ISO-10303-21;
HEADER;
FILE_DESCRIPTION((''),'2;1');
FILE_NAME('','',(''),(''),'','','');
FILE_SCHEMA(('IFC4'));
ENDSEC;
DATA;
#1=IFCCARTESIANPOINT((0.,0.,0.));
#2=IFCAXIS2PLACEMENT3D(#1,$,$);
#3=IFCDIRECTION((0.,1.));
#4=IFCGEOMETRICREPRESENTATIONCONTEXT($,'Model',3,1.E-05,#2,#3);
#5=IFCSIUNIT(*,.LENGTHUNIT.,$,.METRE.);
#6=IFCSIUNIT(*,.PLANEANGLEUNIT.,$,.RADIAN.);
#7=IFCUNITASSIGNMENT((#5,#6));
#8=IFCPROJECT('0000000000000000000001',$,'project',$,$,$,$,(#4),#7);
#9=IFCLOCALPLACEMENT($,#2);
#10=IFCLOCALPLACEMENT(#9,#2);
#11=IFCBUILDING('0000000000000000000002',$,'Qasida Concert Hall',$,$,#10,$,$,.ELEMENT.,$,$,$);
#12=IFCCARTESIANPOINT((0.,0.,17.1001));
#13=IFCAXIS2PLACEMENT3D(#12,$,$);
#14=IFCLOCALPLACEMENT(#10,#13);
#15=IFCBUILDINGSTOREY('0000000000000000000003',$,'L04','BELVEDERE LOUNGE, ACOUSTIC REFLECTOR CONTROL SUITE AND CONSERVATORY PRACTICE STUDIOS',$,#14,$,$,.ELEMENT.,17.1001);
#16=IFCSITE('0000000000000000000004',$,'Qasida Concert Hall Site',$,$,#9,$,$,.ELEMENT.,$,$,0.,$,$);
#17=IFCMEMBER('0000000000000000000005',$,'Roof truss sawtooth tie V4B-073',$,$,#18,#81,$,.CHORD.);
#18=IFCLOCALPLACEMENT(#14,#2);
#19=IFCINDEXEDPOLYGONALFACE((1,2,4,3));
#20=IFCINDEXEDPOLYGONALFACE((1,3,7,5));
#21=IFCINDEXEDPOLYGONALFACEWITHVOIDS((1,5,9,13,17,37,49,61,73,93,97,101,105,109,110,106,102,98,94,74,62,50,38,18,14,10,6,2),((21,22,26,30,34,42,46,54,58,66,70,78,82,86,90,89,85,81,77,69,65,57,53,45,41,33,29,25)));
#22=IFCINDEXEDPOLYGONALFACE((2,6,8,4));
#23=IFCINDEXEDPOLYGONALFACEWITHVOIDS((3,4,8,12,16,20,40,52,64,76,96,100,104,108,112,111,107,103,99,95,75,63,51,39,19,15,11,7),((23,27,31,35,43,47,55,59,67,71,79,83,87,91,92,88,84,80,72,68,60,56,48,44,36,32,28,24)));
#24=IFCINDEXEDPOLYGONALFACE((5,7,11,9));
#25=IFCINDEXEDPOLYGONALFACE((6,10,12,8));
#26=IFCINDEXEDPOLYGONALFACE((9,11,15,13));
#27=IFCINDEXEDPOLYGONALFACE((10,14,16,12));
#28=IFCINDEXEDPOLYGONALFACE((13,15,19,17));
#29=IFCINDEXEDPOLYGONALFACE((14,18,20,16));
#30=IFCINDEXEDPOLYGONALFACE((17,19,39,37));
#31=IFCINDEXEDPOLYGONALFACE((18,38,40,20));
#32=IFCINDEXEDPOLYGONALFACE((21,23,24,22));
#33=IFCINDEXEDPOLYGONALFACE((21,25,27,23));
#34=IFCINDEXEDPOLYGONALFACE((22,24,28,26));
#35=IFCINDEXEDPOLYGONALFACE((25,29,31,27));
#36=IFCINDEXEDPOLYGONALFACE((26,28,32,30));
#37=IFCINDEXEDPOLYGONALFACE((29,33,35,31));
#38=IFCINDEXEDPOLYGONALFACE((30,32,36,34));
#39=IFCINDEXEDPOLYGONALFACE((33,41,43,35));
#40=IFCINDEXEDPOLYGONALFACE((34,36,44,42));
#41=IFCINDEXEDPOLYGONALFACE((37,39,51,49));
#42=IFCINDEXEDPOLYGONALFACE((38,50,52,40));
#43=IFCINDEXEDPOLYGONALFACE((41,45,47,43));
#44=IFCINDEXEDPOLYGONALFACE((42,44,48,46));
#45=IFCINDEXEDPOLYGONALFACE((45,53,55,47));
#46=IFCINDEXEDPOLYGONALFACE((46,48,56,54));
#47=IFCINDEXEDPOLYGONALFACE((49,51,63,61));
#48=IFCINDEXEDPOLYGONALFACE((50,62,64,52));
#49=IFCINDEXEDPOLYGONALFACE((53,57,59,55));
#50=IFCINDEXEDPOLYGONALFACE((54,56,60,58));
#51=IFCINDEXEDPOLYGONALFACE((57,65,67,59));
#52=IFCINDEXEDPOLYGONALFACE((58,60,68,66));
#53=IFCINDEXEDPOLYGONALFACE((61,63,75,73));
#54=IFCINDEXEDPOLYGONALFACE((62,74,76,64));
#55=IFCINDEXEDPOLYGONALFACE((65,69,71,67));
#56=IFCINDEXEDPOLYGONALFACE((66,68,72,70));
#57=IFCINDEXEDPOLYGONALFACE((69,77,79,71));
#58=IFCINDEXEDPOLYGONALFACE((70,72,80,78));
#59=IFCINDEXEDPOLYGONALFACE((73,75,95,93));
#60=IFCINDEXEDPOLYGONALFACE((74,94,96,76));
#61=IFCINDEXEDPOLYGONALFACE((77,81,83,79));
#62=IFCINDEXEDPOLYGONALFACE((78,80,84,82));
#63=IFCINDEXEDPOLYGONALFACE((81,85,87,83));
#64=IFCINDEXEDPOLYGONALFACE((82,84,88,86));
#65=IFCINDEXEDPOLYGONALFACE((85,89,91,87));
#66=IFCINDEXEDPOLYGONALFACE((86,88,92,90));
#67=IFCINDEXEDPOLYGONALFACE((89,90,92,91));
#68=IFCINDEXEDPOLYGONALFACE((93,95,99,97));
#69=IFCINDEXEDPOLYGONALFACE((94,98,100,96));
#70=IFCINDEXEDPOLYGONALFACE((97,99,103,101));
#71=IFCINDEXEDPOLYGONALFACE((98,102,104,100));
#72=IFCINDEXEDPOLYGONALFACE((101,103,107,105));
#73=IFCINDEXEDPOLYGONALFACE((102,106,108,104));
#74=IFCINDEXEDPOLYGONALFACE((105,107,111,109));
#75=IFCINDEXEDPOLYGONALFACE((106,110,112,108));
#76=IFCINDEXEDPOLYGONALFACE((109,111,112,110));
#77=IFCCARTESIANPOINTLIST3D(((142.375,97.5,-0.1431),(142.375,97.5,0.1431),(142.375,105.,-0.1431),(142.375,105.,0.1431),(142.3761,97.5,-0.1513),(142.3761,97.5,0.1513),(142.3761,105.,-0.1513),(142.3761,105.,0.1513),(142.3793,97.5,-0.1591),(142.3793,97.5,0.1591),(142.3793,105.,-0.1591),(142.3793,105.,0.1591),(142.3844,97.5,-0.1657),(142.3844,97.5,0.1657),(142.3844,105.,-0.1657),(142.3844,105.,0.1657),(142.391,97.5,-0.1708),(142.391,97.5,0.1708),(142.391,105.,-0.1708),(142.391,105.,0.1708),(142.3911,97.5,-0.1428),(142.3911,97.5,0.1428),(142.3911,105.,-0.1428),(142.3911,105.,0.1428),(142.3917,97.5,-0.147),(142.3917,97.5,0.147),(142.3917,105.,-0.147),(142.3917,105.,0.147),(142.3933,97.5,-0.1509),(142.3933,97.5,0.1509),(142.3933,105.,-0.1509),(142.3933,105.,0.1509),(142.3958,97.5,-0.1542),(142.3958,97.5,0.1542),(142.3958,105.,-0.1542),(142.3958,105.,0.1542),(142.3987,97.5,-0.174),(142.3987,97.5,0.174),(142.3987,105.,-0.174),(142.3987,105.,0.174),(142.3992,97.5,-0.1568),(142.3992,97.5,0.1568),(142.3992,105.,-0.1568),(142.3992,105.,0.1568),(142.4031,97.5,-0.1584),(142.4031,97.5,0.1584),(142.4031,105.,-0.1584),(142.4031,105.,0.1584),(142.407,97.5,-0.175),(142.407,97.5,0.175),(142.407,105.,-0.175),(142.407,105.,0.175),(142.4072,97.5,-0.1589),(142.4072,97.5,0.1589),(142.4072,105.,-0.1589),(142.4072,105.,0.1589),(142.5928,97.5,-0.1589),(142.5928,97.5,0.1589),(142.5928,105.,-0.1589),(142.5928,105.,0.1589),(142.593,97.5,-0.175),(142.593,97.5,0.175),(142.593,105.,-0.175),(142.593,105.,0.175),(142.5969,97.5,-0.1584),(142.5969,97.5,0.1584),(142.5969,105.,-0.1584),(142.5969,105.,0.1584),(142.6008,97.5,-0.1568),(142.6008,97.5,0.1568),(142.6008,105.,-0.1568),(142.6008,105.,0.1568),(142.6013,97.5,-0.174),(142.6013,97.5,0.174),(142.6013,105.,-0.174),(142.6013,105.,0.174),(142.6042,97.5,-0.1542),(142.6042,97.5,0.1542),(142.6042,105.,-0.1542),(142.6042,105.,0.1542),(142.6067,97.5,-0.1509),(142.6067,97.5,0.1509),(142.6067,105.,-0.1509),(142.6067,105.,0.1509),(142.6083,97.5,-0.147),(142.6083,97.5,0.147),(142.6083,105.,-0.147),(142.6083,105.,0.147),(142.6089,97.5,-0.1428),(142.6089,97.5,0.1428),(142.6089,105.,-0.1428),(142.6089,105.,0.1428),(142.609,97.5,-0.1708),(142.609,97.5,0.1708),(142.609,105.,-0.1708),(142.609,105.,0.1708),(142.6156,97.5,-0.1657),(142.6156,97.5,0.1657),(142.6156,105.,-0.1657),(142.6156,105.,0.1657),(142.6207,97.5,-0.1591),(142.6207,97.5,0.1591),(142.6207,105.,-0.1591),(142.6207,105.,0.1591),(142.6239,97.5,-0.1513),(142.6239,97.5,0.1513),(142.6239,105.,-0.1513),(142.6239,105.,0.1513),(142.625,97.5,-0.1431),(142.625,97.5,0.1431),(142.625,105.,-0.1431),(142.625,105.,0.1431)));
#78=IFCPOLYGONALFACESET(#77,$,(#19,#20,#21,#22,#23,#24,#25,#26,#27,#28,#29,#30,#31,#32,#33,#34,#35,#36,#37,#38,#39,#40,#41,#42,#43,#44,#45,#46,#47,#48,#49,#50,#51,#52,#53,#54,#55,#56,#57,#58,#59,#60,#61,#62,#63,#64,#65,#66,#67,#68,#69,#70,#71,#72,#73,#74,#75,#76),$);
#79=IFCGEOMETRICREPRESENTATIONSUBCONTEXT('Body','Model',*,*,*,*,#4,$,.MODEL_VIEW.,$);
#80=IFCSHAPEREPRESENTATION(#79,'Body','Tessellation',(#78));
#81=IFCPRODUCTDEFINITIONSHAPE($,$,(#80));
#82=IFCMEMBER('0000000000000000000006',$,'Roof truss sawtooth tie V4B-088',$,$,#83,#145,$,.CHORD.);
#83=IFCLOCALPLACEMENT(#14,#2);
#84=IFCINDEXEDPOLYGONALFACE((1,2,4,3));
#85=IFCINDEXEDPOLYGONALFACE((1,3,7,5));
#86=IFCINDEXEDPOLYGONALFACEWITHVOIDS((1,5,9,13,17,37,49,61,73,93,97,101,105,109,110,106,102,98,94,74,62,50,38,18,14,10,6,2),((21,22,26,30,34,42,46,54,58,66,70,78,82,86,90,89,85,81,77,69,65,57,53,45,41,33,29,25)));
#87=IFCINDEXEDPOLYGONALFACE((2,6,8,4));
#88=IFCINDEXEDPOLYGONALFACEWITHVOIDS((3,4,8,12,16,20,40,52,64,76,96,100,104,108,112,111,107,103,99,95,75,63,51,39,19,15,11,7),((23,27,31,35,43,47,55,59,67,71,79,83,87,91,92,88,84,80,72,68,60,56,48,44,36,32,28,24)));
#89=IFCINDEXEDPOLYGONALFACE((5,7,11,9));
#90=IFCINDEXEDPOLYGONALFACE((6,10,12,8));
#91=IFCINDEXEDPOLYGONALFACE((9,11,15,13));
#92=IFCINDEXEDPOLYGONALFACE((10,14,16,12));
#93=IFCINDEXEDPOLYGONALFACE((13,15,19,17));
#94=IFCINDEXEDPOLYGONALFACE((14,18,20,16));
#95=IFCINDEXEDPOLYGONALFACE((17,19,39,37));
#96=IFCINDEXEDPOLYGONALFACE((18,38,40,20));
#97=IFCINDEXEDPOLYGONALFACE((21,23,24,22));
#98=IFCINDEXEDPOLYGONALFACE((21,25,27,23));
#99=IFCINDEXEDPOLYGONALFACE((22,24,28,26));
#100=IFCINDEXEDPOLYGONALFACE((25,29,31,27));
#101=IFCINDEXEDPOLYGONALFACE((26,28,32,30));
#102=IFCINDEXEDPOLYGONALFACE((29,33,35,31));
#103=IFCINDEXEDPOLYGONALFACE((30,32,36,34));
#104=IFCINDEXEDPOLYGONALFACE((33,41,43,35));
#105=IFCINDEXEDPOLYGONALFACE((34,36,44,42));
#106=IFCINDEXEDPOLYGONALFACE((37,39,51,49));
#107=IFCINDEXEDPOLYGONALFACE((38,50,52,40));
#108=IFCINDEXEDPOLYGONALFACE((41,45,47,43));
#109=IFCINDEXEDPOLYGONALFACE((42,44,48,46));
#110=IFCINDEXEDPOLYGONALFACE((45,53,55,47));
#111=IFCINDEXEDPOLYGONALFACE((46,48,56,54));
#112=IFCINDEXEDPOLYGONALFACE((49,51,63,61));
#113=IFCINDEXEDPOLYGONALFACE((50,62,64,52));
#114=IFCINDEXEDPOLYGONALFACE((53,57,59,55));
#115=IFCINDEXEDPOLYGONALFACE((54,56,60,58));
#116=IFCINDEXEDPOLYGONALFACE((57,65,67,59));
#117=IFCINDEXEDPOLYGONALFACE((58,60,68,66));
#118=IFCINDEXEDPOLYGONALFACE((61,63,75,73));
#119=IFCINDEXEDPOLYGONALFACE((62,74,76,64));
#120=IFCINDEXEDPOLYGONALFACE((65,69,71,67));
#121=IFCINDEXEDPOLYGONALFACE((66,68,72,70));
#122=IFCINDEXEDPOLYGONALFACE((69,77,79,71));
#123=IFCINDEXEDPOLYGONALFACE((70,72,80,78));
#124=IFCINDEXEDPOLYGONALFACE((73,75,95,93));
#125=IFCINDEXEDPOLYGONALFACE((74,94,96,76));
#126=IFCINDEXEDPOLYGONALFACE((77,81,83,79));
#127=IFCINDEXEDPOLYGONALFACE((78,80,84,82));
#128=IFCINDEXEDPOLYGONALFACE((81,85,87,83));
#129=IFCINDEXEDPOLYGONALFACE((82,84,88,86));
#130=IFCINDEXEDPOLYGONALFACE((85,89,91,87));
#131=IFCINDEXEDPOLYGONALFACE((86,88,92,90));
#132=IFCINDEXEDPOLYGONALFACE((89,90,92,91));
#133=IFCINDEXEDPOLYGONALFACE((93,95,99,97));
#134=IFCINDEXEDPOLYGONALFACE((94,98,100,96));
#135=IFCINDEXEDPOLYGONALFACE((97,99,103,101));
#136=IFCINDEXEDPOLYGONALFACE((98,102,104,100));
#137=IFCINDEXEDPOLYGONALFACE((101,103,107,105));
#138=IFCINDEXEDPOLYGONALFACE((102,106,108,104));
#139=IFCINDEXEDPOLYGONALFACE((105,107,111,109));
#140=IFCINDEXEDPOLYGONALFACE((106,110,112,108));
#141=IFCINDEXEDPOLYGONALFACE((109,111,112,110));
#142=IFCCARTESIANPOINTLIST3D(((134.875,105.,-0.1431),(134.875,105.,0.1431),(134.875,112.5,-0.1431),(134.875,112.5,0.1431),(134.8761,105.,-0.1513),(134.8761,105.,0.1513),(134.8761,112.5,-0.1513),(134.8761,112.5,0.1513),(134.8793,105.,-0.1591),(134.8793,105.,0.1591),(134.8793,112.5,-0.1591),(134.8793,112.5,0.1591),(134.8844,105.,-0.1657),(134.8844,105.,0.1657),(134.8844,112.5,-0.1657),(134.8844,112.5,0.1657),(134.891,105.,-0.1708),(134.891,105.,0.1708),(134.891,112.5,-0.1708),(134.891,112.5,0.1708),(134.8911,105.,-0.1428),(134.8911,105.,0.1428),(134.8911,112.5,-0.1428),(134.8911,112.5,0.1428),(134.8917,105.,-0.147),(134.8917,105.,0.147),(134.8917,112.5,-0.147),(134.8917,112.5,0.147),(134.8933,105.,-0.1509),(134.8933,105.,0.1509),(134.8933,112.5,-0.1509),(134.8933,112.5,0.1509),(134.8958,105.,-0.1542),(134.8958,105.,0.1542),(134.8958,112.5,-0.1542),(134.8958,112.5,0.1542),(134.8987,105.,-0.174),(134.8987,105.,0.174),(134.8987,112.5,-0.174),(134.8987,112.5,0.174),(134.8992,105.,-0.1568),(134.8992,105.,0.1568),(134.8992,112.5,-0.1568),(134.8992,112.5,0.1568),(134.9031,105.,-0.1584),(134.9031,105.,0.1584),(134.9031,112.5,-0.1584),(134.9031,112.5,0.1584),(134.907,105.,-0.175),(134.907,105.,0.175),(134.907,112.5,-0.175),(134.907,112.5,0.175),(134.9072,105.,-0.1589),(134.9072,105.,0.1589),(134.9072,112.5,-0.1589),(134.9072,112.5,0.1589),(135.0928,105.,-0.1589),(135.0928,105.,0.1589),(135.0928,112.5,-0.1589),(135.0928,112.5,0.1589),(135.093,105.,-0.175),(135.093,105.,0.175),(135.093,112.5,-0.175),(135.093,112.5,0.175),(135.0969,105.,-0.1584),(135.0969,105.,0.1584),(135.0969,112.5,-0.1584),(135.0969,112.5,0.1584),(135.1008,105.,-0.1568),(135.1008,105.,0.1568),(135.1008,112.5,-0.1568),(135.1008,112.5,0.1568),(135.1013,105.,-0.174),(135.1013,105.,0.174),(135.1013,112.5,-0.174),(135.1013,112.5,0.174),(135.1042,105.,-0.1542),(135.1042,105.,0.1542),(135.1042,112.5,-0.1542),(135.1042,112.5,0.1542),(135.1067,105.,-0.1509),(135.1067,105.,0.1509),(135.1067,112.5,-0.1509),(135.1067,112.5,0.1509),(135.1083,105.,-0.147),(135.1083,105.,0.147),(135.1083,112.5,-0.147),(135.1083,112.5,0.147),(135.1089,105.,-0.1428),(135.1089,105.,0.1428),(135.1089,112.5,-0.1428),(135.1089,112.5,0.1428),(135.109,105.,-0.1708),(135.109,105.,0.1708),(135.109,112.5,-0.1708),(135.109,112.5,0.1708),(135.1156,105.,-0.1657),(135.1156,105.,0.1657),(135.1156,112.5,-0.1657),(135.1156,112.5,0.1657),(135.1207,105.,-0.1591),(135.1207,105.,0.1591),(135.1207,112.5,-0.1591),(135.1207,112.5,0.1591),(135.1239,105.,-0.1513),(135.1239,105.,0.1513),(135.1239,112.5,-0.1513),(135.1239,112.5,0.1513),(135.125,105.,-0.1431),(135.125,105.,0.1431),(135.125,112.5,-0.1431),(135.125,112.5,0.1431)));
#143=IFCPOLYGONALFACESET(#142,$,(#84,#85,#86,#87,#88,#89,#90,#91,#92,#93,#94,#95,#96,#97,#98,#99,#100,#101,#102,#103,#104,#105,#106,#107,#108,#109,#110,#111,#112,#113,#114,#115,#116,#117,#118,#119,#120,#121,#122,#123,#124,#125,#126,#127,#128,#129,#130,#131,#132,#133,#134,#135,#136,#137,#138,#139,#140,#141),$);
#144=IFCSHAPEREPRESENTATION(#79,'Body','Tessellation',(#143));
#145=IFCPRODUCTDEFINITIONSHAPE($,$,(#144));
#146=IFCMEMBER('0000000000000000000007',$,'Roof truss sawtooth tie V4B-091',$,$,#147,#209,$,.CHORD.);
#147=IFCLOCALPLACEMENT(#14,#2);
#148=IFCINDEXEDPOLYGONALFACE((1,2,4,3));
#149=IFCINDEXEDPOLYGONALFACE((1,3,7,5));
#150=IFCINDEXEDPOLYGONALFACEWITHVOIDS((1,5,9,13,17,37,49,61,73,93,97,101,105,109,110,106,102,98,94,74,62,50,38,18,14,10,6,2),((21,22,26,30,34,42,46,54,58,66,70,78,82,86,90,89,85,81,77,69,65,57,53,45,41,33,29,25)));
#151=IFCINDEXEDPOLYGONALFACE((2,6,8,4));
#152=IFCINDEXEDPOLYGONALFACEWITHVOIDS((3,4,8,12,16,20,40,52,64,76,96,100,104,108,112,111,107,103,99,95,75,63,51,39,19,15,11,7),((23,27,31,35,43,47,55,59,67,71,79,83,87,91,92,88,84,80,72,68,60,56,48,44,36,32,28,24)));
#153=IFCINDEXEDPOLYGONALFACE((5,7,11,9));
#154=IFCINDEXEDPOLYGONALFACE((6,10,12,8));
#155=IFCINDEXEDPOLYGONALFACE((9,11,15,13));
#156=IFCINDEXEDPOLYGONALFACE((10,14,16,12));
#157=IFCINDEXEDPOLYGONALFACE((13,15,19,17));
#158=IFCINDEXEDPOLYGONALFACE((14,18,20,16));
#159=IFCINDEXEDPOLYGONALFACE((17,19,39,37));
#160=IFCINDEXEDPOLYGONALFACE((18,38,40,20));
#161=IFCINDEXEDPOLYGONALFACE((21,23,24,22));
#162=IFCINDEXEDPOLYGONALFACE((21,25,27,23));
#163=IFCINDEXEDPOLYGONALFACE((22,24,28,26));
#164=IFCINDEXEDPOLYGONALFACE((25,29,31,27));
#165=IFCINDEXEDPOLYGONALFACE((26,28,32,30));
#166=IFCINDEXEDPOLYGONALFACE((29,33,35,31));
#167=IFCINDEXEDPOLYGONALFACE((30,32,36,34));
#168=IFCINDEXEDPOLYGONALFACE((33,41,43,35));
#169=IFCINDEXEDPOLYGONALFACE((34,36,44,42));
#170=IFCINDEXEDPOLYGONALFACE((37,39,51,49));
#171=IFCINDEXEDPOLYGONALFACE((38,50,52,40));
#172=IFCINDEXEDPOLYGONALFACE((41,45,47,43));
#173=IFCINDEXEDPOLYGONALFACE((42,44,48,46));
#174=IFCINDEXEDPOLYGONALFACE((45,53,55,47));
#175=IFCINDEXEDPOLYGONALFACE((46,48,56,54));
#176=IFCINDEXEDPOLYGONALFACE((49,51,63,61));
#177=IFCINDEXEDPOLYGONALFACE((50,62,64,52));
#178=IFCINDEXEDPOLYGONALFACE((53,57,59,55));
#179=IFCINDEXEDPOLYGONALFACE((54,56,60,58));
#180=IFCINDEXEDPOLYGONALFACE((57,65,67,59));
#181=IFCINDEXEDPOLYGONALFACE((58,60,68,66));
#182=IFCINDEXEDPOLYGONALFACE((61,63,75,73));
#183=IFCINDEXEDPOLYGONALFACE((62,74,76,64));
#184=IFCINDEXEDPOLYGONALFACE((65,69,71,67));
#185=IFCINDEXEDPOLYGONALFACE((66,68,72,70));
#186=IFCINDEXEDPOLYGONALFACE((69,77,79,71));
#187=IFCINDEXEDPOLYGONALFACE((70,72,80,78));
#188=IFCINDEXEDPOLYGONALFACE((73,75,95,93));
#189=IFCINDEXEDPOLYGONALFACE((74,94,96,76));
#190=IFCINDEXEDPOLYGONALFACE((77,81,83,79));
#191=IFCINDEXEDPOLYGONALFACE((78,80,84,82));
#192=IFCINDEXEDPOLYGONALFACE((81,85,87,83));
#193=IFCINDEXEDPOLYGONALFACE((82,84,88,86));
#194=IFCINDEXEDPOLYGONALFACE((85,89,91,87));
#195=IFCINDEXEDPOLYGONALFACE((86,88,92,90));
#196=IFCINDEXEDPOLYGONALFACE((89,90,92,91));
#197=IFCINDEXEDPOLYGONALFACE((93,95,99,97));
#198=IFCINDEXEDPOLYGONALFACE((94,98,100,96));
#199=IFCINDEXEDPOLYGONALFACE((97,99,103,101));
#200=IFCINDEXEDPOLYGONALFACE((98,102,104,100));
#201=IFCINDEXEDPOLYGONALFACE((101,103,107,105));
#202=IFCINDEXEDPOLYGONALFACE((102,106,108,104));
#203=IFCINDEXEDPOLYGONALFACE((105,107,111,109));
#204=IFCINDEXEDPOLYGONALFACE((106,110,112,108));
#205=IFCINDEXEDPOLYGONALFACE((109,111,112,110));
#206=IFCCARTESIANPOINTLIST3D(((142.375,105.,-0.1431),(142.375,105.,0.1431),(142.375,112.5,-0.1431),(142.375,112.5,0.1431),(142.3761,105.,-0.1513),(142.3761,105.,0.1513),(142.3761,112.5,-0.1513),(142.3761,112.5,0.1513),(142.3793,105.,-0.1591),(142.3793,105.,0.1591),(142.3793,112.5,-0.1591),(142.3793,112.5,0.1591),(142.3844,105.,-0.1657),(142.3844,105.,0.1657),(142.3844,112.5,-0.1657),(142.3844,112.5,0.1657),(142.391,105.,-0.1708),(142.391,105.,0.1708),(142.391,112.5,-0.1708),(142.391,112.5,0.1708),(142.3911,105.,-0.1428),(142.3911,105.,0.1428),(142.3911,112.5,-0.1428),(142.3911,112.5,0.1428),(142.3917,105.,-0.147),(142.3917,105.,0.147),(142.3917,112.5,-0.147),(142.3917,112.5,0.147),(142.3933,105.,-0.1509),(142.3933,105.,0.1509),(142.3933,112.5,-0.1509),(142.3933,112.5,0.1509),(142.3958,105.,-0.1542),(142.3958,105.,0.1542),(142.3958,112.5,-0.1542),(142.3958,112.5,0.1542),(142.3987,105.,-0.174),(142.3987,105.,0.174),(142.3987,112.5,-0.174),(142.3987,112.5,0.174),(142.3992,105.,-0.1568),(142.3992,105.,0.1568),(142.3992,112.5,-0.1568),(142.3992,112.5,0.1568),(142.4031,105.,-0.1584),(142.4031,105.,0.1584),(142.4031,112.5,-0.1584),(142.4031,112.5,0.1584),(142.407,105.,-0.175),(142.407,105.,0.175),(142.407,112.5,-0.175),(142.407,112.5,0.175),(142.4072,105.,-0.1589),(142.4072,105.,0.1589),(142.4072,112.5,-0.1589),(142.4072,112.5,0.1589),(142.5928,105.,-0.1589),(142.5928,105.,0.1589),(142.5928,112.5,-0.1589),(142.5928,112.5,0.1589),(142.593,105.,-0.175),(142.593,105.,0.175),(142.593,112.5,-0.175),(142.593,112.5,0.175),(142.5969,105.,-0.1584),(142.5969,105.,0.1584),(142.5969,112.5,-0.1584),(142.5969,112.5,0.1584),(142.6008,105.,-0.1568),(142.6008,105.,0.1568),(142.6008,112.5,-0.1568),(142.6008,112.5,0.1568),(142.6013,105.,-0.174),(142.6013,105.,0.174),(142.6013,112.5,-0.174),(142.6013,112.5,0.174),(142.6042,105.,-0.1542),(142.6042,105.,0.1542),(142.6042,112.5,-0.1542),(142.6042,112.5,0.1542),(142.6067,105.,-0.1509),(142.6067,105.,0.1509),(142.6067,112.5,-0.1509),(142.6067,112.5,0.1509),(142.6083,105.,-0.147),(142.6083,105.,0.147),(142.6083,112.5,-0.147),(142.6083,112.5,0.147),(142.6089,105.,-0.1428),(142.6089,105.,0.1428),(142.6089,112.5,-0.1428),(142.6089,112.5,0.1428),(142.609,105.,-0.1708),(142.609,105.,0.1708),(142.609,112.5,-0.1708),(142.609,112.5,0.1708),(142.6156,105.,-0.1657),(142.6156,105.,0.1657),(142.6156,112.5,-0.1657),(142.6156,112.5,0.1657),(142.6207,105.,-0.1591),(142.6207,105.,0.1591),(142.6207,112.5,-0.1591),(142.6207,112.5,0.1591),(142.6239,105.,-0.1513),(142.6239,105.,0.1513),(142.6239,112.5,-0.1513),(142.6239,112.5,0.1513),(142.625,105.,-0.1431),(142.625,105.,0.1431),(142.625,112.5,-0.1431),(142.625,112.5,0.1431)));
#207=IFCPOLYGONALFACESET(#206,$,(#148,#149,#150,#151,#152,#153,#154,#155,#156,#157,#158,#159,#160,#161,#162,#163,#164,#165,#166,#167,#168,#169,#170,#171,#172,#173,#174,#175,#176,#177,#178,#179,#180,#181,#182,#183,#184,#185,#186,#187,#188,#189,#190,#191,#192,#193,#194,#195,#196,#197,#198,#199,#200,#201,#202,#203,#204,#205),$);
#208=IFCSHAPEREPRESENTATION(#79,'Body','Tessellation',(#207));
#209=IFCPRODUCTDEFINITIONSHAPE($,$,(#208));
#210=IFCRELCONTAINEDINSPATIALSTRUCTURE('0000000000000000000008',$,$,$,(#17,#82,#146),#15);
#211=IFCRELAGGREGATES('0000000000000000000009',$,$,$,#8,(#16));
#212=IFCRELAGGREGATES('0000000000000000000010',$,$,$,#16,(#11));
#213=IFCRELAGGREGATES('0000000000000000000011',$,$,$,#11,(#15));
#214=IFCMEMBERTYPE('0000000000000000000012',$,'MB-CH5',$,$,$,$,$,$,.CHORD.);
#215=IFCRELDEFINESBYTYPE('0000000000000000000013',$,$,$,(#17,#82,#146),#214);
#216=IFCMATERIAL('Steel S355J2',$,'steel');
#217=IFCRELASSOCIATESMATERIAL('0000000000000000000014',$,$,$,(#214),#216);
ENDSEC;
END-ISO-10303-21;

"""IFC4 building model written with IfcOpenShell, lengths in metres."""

from ifc_helpers import new_model, si_unit, direction, frame, origin, origin_2d, place, context, subcontext, project, spatial, hollow_rectangle, extrude, material, material_profile, profile_set, type_object, element, save


model = new_model("IFC4")

# Units and contexts
model_context = context("Model", 3, precision=1e-05, world=origin(), true_north=direction((0.0, 1.0)))
body_context = subcontext(model_context, "Body", "Model", "MODEL_VIEW")
ifc_project = project(units=[si_unit("LENGTHUNIT", "METRE"), si_unit("PLANEANGLEUNIT", "RADIAN")], contexts=[model_context])

# Site, building, storey
site_placement = place(None, origin())
site = spatial("IfcSite", under=ifc_project, at=site_placement, Name="Qasida Concert Hall Site", CompositionType="ELEMENT", RefElevation=0.0)
building_placement = place(site_placement, origin())
building = spatial("IfcBuilding", under=site, at=building_placement, Name="Qasida Concert Hall", CompositionType="ELEMENT")
storey_placement = place(building_placement, frame((0.0, 0.0, 17.1001)))
storey = spatial("IfcBuildingStorey", under=building, at=storey_placement, Name="L04", Description="BELVEDERE LOUNGE, ACOUSTIC REFLECTOR CONTROL SUITE AND CONSERVATORY PRACTICE STUDIOS", CompositionType="ELEMENT", Elevation=17.1001)

# Members
ifc_material = material(Name="Steel S355J2", Category="steel")
ifc_material_profile_1 = material_profile(ifc_material, hollow_rectangle(XDim=0.25, YDim=0.3501, WallThickness=0.0161, InnerFilletRadius=0.0161, OuterFilletRadius=0.032, at=origin_2d()), Name="RHS 350x250x16")
ifc_profile_set_1 = profile_set([ifc_material_profile_1], Name="Steel S355J2")
member_type_1 = type_object("IfcMemberType", Name="MB-CH5", PredefinedType="CHORD", material=ifc_profile_set_1)
for number, where, z_axis, x_axis, name in (
    (1, (142.5, 97.5, 0.0), (0.0, 1.0, 0.0), (-1.0, 0.0, 0.0), "Roof truss sawtooth tie V4B-073"),
    (2, (135.0, 105.0, 0.0), (0.0, 1.0, 0.0), (-1.0, 0.0, 0.0), "Roof truss sawtooth tie V4B-088"),
    (3, (142.5, 105.0, 0.0), (0.0, 1.0, 0.0), (-1.0, 0.0, 0.0), "Roof truss sawtooth tie V4B-091"),
):
    element("IfcMember", number, at=place(storey_placement, frame(where, z_axis=z_axis, x_axis=x_axis)), inside=storey, type_object=member_type_1, Name=name, PredefinedType="CHORD", context=body_context, shape_type="SweptSolid", body=[
        extrude(hollow_rectangle(XDim=0.25, YDim=0.3501, WallThickness=0.0161, InnerFilletRadius=0.0161, OuterFilletRadius=0.032, at=origin_2d()), origin(), (0.0, 0.0, 1.0), 7.5),
    ])

save(model, "model.ifc")
